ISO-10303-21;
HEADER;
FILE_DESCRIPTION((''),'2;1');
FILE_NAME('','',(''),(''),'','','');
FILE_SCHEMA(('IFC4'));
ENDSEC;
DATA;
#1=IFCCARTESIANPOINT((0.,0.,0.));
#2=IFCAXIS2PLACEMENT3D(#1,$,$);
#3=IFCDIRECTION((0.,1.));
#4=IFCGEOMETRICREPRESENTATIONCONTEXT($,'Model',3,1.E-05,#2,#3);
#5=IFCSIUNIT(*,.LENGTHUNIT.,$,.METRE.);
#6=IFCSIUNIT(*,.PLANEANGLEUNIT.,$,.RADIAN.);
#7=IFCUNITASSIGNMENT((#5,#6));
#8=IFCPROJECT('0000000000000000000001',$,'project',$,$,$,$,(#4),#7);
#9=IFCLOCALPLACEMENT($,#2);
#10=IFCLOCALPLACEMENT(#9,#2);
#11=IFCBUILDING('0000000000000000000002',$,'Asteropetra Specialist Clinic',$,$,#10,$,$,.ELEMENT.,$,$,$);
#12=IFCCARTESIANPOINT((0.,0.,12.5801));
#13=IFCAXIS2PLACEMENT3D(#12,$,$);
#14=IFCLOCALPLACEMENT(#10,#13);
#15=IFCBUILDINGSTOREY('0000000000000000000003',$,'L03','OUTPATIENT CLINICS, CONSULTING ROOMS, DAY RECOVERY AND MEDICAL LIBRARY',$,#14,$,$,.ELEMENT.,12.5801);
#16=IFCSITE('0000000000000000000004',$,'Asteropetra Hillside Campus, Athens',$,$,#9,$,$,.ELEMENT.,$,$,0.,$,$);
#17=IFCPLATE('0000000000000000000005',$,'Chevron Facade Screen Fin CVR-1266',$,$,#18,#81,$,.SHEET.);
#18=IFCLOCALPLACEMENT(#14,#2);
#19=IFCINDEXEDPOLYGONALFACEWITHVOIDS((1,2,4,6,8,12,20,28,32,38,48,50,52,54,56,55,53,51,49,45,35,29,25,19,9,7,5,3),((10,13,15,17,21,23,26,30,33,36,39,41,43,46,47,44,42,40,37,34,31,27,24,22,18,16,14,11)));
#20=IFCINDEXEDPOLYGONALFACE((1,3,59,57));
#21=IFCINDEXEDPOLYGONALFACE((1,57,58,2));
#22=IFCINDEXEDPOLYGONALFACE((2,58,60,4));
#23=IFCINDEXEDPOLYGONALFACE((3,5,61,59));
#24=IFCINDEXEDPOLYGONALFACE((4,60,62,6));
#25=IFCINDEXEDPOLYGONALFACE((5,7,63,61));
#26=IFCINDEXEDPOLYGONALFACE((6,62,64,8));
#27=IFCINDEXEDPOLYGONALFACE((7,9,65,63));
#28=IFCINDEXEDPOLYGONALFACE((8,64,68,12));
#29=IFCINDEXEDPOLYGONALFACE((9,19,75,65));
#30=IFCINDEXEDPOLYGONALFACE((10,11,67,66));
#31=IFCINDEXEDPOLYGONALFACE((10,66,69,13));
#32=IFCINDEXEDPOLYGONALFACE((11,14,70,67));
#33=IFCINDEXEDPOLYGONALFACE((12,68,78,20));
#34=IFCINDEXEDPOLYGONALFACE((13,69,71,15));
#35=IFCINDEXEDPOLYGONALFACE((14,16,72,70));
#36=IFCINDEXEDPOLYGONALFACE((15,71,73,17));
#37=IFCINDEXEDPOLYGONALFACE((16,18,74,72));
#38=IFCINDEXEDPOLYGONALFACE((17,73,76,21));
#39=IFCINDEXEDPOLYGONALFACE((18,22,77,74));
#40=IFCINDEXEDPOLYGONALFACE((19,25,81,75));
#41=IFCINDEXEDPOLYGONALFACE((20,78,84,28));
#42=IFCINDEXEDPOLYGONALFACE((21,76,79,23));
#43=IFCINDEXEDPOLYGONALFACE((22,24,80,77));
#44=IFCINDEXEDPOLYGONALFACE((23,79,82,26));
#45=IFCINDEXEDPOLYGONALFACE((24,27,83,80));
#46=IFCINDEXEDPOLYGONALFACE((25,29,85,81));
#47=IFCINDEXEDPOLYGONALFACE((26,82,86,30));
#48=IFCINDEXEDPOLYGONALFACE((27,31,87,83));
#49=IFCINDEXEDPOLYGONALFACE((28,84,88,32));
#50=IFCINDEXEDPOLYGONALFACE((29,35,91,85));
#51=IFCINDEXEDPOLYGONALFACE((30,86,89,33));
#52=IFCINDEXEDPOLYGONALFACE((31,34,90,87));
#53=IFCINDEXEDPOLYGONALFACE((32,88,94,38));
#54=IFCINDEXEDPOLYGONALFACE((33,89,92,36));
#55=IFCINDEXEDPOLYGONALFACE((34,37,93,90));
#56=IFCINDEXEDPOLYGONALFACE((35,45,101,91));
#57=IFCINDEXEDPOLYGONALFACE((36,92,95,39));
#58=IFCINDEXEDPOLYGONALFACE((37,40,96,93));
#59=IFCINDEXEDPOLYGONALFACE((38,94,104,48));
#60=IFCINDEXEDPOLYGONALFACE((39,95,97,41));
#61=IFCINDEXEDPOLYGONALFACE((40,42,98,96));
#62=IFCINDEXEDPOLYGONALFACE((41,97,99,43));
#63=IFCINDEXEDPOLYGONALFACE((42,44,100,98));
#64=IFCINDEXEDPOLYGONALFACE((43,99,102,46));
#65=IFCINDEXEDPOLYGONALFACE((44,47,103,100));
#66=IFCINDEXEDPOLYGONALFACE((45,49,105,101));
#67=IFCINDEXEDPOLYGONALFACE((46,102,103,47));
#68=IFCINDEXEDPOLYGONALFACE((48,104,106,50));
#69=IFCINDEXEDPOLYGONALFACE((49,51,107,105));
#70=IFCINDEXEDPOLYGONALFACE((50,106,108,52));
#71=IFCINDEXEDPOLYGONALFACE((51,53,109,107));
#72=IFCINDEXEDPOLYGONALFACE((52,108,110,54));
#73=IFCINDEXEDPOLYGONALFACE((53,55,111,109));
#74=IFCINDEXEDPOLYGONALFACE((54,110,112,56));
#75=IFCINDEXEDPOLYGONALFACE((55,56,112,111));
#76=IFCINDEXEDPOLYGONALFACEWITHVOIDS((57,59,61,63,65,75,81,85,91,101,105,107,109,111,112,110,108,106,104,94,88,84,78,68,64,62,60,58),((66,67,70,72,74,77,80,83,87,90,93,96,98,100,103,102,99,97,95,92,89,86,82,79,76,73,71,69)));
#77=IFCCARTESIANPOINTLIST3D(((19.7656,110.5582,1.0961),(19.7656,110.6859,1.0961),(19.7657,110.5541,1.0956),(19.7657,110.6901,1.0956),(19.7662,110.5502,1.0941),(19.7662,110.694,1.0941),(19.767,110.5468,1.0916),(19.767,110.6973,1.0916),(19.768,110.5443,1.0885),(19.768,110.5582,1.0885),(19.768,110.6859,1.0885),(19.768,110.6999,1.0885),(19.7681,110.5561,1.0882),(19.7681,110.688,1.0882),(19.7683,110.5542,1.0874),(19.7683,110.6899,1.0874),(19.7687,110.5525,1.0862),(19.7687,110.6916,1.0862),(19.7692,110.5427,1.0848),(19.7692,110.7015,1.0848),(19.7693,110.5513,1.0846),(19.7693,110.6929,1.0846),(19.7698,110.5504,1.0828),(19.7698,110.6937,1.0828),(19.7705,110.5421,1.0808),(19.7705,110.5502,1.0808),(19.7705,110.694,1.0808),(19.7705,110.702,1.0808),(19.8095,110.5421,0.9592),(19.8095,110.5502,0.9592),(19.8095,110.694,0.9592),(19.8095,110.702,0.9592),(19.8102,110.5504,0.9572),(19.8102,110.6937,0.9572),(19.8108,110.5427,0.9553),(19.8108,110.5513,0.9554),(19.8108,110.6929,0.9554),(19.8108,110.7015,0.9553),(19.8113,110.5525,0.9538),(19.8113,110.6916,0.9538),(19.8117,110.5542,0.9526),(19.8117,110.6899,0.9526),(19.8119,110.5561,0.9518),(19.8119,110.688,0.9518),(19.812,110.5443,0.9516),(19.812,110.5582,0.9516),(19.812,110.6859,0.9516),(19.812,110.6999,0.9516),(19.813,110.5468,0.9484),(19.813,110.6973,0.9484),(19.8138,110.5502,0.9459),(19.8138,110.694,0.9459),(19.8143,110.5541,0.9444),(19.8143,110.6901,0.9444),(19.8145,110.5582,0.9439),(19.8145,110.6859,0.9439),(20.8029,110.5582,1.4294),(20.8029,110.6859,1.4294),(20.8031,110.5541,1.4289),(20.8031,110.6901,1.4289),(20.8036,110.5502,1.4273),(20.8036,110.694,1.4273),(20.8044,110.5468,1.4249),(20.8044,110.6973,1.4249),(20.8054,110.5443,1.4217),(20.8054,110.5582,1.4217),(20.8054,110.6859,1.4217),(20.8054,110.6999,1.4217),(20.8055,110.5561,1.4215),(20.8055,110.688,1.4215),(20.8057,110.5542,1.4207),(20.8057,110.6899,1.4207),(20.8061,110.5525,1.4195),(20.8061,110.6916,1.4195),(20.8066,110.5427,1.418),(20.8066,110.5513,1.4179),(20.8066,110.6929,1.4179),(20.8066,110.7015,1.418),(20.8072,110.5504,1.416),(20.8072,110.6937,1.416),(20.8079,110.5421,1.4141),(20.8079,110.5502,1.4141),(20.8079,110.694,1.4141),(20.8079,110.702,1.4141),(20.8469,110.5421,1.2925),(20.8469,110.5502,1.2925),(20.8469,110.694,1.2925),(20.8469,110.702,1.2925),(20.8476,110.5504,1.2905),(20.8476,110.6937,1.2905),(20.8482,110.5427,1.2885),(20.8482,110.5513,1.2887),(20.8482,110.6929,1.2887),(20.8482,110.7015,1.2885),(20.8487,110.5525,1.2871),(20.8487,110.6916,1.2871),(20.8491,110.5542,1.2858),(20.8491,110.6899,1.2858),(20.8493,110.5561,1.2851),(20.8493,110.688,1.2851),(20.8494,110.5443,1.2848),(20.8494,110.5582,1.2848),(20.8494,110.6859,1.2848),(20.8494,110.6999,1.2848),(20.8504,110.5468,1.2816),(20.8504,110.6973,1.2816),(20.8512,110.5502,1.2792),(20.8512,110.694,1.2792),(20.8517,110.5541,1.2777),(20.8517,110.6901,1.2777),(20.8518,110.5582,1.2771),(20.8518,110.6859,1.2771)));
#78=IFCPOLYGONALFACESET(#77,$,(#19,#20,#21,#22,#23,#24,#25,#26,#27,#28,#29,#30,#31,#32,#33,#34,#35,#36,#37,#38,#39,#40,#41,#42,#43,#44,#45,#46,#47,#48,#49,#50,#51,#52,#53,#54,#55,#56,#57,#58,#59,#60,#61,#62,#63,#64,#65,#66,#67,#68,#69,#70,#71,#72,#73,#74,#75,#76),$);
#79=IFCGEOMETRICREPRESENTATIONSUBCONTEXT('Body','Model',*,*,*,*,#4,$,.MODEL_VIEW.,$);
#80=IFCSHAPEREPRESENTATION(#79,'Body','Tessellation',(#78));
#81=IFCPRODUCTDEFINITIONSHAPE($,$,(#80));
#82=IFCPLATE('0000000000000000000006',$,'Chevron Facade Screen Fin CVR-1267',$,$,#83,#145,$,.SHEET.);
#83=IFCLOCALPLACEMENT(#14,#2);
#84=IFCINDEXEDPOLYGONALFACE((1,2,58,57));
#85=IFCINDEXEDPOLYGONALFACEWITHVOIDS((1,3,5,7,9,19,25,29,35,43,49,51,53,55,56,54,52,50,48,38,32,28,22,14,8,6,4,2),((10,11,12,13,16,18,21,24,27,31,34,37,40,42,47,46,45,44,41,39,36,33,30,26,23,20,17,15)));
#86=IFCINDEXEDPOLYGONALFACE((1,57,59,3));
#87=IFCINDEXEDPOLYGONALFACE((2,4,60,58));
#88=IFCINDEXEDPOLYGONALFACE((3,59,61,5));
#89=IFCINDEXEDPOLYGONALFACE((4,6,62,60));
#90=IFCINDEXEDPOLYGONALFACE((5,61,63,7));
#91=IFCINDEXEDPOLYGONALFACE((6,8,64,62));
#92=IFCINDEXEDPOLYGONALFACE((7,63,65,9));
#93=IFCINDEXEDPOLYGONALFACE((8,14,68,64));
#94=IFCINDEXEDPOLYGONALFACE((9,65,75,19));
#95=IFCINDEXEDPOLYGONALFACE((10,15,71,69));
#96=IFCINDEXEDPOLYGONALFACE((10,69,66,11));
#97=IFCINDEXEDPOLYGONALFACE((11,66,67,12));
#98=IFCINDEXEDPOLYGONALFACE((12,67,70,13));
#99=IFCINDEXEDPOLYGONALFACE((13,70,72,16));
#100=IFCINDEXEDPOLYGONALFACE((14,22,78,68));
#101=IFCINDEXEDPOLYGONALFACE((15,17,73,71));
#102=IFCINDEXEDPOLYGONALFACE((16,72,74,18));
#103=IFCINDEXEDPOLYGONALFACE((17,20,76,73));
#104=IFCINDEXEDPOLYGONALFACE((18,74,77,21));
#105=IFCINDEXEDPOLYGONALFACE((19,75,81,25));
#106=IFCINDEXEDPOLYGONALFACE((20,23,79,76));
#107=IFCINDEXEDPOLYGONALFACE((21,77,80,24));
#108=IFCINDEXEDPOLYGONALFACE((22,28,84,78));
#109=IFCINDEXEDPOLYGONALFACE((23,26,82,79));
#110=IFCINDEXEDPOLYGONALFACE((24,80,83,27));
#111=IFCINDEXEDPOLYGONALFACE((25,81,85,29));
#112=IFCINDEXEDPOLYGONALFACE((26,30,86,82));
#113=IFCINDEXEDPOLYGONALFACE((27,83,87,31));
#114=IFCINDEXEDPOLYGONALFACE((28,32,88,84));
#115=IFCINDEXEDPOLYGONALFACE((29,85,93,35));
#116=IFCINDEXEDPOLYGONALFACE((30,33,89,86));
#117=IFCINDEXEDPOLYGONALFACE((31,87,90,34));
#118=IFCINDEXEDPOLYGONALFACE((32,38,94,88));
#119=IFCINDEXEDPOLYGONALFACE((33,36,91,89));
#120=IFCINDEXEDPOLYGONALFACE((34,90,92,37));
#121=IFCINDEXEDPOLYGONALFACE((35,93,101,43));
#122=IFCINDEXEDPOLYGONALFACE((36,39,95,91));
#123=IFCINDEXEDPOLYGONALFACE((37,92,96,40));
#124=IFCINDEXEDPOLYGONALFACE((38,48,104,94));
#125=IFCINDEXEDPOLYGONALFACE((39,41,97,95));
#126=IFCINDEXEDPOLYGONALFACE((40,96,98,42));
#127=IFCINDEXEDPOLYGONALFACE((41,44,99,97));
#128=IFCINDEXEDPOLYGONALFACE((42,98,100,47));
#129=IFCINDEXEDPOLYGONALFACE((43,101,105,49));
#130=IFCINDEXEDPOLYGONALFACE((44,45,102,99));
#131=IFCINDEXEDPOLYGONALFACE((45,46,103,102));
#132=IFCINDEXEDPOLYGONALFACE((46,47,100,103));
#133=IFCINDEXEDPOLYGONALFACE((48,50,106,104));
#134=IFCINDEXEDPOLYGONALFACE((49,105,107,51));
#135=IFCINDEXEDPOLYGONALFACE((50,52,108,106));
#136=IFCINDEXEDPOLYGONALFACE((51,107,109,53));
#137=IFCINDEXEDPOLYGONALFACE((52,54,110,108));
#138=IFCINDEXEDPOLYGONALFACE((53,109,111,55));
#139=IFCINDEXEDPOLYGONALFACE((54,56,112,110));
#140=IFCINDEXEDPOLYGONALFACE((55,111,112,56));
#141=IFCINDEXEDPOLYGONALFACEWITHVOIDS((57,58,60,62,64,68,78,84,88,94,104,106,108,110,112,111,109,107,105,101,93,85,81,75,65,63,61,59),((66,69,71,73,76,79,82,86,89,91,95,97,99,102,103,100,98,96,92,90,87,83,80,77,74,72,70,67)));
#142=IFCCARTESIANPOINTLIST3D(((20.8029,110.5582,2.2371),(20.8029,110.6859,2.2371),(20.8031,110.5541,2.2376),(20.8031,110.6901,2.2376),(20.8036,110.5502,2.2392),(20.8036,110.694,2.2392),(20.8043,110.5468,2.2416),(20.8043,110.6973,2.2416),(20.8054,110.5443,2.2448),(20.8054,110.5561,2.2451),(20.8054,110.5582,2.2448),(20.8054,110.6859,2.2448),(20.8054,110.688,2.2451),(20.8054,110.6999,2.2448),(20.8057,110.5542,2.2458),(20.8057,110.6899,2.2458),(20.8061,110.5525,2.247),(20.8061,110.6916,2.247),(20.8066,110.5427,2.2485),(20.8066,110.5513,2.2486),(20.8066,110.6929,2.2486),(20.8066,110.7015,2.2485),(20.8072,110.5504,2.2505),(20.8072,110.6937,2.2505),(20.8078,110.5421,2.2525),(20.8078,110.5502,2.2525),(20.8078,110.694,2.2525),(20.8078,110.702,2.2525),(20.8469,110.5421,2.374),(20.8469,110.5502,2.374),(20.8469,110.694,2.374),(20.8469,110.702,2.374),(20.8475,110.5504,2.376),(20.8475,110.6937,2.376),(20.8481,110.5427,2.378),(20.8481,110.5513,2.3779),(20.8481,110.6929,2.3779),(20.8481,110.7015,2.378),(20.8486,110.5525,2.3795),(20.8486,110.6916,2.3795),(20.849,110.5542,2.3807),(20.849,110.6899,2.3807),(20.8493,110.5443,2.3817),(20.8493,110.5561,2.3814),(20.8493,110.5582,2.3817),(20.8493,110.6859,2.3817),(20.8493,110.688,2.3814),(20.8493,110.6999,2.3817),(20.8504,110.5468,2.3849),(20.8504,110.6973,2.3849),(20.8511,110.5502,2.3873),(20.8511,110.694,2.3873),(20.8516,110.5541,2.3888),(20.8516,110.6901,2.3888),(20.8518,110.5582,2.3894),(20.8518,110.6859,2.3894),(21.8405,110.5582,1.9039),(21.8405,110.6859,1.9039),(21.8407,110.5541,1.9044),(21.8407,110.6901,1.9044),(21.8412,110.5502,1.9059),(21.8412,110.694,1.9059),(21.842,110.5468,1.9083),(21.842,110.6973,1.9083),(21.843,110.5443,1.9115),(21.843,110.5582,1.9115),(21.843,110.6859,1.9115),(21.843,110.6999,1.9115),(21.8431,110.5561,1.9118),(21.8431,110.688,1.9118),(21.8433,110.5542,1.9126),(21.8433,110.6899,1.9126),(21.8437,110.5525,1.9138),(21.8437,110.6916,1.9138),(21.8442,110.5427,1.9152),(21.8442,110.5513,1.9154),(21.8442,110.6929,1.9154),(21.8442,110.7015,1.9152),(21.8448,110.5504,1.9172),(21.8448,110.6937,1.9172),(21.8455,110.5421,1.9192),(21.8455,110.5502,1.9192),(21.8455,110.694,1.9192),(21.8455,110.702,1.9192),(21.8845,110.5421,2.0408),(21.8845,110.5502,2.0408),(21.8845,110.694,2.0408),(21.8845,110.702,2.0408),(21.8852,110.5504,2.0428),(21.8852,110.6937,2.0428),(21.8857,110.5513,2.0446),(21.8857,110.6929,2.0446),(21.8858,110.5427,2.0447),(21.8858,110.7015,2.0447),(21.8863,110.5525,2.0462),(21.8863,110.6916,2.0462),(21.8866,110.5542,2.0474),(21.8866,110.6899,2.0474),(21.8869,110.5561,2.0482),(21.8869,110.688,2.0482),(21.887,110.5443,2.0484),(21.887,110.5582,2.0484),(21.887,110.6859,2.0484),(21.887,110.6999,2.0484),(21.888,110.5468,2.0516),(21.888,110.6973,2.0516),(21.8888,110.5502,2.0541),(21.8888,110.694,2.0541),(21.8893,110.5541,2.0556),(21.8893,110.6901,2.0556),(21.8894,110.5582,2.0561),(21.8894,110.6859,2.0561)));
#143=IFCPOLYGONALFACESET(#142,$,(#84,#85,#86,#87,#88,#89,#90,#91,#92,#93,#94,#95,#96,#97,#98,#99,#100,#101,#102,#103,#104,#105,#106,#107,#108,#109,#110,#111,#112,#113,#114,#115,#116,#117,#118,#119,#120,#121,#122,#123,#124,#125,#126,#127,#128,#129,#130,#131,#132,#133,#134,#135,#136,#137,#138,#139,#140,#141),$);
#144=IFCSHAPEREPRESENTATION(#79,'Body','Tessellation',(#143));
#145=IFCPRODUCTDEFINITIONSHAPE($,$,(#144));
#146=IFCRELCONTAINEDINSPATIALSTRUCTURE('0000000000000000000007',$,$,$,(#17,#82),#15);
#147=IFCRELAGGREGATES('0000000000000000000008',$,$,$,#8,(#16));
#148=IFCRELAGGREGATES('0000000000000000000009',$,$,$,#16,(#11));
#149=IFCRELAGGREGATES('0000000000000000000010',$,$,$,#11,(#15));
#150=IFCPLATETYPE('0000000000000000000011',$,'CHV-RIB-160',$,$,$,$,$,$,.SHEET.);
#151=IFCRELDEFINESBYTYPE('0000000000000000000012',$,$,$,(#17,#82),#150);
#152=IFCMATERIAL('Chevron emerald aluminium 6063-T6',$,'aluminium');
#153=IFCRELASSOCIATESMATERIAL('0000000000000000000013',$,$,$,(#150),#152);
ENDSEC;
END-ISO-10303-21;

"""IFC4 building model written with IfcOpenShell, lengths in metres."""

from ifc_helpers import new_model, si_unit, direction, frame, origin, origin_2d, place, context, subcontext, project, spatial, hollow_rectangle, extrude, material, material_profile, profile_set, type_object, element, save


model = new_model("IFC4")

# Units and contexts
model_context = context("Model", 3, precision=1e-05, world=origin(), true_north=direction((0.0, 1.0)))
body_context = subcontext(model_context, "Body", "Model", "MODEL_VIEW")
ifc_project = project(units=[si_unit("LENGTHUNIT", "METRE"), si_unit("PLANEANGLEUNIT", "RADIAN")], contexts=[model_context])

# Site, building, storey
site_placement = place(None, origin())
site = spatial("IfcSite", under=ifc_project, at=site_placement, Name="Asteropetra Hillside Campus, Athens", CompositionType="ELEMENT", RefElevation=0.0)
building_placement = place(site_placement, origin())
building = spatial("IfcBuilding", under=site, at=building_placement, Name="Asteropetra Specialist Clinic", CompositionType="ELEMENT")
storey_placement = place(building_placement, frame((0.0, 0.0, 12.5801)))
storey = spatial("IfcBuildingStorey", under=building, at=storey_placement, Name="L03", Description="OUTPATIENT CLINICS, CONSULTING ROOMS, DAY RECOVERY AND MEDICAL LIBRARY", CompositionType="ELEMENT", Elevation=12.5801)

# Plates
ifc_material_1 = material(Name="Chevron emerald aluminium 6063-T6", Category="aluminium")
ifc_material_profile_1 = material_profile(ifc_material_1, hollow_rectangle(XDim=0.1599, YDim=0.1599, WallThickness=0.0081, InnerFilletRadius=0.0081, OuterFilletRadius=0.0161, at=origin_2d()), Name="SHS 160x160x8.0")
ifc_profile_set_1 = profile_set([ifc_material_profile_1], Name="Chevron emerald aluminium 6063-T6")
plate_type_1 = type_object("IfcPlateType", Name="CHV-RIB-160", PredefinedType="SHEET", material=ifc_profile_set_1)
plate_1_placement = place(storey_placement, frame((20.8274, 110.6221, 1.3533), z_axis=(-0.952078, 0.0, -0.305857), x_axis=(0.0, -1.0, 0.0)))
element("IfcPlate", 1, at=plate_1_placement, inside=storey, type_object=plate_type_1, Name="Chevron Facade Screen Fin CVR-1266", PredefinedType="SHEET", context=body_context, shape_type="SweptSolid", body=[
    extrude(hollow_rectangle(XDim=0.1599, YDim=0.1599, WallThickness=0.0081, InnerFilletRadius=0.0081, OuterFilletRadius=0.0161, at=origin_2d()), origin(), (0.0, 0.0, 1.0), 1.0896),
])
plate_2_placement = place(storey_placement, frame((21.865, 110.6221, 1.98), z_axis=(-0.952098, 0.0, 0.305792), x_axis=(0.0, -1.0, 0.0)))
element("IfcPlate", 2, at=plate_2_placement, inside=storey, type_object=plate_type_1, Name="Chevron Facade Screen Fin CVR-1267", PredefinedType="SHEET", context=body_context, shape_type="SweptSolid", body=[
    extrude(hollow_rectangle(XDim=0.1599, YDim=0.1599, WallThickness=0.0081, InnerFilletRadius=0.0081, OuterFilletRadius=0.0161, at=origin_2d()), origin(), (0.0, 0.0, 1.0), 1.0898),
])

save(model, "model.ifc")
